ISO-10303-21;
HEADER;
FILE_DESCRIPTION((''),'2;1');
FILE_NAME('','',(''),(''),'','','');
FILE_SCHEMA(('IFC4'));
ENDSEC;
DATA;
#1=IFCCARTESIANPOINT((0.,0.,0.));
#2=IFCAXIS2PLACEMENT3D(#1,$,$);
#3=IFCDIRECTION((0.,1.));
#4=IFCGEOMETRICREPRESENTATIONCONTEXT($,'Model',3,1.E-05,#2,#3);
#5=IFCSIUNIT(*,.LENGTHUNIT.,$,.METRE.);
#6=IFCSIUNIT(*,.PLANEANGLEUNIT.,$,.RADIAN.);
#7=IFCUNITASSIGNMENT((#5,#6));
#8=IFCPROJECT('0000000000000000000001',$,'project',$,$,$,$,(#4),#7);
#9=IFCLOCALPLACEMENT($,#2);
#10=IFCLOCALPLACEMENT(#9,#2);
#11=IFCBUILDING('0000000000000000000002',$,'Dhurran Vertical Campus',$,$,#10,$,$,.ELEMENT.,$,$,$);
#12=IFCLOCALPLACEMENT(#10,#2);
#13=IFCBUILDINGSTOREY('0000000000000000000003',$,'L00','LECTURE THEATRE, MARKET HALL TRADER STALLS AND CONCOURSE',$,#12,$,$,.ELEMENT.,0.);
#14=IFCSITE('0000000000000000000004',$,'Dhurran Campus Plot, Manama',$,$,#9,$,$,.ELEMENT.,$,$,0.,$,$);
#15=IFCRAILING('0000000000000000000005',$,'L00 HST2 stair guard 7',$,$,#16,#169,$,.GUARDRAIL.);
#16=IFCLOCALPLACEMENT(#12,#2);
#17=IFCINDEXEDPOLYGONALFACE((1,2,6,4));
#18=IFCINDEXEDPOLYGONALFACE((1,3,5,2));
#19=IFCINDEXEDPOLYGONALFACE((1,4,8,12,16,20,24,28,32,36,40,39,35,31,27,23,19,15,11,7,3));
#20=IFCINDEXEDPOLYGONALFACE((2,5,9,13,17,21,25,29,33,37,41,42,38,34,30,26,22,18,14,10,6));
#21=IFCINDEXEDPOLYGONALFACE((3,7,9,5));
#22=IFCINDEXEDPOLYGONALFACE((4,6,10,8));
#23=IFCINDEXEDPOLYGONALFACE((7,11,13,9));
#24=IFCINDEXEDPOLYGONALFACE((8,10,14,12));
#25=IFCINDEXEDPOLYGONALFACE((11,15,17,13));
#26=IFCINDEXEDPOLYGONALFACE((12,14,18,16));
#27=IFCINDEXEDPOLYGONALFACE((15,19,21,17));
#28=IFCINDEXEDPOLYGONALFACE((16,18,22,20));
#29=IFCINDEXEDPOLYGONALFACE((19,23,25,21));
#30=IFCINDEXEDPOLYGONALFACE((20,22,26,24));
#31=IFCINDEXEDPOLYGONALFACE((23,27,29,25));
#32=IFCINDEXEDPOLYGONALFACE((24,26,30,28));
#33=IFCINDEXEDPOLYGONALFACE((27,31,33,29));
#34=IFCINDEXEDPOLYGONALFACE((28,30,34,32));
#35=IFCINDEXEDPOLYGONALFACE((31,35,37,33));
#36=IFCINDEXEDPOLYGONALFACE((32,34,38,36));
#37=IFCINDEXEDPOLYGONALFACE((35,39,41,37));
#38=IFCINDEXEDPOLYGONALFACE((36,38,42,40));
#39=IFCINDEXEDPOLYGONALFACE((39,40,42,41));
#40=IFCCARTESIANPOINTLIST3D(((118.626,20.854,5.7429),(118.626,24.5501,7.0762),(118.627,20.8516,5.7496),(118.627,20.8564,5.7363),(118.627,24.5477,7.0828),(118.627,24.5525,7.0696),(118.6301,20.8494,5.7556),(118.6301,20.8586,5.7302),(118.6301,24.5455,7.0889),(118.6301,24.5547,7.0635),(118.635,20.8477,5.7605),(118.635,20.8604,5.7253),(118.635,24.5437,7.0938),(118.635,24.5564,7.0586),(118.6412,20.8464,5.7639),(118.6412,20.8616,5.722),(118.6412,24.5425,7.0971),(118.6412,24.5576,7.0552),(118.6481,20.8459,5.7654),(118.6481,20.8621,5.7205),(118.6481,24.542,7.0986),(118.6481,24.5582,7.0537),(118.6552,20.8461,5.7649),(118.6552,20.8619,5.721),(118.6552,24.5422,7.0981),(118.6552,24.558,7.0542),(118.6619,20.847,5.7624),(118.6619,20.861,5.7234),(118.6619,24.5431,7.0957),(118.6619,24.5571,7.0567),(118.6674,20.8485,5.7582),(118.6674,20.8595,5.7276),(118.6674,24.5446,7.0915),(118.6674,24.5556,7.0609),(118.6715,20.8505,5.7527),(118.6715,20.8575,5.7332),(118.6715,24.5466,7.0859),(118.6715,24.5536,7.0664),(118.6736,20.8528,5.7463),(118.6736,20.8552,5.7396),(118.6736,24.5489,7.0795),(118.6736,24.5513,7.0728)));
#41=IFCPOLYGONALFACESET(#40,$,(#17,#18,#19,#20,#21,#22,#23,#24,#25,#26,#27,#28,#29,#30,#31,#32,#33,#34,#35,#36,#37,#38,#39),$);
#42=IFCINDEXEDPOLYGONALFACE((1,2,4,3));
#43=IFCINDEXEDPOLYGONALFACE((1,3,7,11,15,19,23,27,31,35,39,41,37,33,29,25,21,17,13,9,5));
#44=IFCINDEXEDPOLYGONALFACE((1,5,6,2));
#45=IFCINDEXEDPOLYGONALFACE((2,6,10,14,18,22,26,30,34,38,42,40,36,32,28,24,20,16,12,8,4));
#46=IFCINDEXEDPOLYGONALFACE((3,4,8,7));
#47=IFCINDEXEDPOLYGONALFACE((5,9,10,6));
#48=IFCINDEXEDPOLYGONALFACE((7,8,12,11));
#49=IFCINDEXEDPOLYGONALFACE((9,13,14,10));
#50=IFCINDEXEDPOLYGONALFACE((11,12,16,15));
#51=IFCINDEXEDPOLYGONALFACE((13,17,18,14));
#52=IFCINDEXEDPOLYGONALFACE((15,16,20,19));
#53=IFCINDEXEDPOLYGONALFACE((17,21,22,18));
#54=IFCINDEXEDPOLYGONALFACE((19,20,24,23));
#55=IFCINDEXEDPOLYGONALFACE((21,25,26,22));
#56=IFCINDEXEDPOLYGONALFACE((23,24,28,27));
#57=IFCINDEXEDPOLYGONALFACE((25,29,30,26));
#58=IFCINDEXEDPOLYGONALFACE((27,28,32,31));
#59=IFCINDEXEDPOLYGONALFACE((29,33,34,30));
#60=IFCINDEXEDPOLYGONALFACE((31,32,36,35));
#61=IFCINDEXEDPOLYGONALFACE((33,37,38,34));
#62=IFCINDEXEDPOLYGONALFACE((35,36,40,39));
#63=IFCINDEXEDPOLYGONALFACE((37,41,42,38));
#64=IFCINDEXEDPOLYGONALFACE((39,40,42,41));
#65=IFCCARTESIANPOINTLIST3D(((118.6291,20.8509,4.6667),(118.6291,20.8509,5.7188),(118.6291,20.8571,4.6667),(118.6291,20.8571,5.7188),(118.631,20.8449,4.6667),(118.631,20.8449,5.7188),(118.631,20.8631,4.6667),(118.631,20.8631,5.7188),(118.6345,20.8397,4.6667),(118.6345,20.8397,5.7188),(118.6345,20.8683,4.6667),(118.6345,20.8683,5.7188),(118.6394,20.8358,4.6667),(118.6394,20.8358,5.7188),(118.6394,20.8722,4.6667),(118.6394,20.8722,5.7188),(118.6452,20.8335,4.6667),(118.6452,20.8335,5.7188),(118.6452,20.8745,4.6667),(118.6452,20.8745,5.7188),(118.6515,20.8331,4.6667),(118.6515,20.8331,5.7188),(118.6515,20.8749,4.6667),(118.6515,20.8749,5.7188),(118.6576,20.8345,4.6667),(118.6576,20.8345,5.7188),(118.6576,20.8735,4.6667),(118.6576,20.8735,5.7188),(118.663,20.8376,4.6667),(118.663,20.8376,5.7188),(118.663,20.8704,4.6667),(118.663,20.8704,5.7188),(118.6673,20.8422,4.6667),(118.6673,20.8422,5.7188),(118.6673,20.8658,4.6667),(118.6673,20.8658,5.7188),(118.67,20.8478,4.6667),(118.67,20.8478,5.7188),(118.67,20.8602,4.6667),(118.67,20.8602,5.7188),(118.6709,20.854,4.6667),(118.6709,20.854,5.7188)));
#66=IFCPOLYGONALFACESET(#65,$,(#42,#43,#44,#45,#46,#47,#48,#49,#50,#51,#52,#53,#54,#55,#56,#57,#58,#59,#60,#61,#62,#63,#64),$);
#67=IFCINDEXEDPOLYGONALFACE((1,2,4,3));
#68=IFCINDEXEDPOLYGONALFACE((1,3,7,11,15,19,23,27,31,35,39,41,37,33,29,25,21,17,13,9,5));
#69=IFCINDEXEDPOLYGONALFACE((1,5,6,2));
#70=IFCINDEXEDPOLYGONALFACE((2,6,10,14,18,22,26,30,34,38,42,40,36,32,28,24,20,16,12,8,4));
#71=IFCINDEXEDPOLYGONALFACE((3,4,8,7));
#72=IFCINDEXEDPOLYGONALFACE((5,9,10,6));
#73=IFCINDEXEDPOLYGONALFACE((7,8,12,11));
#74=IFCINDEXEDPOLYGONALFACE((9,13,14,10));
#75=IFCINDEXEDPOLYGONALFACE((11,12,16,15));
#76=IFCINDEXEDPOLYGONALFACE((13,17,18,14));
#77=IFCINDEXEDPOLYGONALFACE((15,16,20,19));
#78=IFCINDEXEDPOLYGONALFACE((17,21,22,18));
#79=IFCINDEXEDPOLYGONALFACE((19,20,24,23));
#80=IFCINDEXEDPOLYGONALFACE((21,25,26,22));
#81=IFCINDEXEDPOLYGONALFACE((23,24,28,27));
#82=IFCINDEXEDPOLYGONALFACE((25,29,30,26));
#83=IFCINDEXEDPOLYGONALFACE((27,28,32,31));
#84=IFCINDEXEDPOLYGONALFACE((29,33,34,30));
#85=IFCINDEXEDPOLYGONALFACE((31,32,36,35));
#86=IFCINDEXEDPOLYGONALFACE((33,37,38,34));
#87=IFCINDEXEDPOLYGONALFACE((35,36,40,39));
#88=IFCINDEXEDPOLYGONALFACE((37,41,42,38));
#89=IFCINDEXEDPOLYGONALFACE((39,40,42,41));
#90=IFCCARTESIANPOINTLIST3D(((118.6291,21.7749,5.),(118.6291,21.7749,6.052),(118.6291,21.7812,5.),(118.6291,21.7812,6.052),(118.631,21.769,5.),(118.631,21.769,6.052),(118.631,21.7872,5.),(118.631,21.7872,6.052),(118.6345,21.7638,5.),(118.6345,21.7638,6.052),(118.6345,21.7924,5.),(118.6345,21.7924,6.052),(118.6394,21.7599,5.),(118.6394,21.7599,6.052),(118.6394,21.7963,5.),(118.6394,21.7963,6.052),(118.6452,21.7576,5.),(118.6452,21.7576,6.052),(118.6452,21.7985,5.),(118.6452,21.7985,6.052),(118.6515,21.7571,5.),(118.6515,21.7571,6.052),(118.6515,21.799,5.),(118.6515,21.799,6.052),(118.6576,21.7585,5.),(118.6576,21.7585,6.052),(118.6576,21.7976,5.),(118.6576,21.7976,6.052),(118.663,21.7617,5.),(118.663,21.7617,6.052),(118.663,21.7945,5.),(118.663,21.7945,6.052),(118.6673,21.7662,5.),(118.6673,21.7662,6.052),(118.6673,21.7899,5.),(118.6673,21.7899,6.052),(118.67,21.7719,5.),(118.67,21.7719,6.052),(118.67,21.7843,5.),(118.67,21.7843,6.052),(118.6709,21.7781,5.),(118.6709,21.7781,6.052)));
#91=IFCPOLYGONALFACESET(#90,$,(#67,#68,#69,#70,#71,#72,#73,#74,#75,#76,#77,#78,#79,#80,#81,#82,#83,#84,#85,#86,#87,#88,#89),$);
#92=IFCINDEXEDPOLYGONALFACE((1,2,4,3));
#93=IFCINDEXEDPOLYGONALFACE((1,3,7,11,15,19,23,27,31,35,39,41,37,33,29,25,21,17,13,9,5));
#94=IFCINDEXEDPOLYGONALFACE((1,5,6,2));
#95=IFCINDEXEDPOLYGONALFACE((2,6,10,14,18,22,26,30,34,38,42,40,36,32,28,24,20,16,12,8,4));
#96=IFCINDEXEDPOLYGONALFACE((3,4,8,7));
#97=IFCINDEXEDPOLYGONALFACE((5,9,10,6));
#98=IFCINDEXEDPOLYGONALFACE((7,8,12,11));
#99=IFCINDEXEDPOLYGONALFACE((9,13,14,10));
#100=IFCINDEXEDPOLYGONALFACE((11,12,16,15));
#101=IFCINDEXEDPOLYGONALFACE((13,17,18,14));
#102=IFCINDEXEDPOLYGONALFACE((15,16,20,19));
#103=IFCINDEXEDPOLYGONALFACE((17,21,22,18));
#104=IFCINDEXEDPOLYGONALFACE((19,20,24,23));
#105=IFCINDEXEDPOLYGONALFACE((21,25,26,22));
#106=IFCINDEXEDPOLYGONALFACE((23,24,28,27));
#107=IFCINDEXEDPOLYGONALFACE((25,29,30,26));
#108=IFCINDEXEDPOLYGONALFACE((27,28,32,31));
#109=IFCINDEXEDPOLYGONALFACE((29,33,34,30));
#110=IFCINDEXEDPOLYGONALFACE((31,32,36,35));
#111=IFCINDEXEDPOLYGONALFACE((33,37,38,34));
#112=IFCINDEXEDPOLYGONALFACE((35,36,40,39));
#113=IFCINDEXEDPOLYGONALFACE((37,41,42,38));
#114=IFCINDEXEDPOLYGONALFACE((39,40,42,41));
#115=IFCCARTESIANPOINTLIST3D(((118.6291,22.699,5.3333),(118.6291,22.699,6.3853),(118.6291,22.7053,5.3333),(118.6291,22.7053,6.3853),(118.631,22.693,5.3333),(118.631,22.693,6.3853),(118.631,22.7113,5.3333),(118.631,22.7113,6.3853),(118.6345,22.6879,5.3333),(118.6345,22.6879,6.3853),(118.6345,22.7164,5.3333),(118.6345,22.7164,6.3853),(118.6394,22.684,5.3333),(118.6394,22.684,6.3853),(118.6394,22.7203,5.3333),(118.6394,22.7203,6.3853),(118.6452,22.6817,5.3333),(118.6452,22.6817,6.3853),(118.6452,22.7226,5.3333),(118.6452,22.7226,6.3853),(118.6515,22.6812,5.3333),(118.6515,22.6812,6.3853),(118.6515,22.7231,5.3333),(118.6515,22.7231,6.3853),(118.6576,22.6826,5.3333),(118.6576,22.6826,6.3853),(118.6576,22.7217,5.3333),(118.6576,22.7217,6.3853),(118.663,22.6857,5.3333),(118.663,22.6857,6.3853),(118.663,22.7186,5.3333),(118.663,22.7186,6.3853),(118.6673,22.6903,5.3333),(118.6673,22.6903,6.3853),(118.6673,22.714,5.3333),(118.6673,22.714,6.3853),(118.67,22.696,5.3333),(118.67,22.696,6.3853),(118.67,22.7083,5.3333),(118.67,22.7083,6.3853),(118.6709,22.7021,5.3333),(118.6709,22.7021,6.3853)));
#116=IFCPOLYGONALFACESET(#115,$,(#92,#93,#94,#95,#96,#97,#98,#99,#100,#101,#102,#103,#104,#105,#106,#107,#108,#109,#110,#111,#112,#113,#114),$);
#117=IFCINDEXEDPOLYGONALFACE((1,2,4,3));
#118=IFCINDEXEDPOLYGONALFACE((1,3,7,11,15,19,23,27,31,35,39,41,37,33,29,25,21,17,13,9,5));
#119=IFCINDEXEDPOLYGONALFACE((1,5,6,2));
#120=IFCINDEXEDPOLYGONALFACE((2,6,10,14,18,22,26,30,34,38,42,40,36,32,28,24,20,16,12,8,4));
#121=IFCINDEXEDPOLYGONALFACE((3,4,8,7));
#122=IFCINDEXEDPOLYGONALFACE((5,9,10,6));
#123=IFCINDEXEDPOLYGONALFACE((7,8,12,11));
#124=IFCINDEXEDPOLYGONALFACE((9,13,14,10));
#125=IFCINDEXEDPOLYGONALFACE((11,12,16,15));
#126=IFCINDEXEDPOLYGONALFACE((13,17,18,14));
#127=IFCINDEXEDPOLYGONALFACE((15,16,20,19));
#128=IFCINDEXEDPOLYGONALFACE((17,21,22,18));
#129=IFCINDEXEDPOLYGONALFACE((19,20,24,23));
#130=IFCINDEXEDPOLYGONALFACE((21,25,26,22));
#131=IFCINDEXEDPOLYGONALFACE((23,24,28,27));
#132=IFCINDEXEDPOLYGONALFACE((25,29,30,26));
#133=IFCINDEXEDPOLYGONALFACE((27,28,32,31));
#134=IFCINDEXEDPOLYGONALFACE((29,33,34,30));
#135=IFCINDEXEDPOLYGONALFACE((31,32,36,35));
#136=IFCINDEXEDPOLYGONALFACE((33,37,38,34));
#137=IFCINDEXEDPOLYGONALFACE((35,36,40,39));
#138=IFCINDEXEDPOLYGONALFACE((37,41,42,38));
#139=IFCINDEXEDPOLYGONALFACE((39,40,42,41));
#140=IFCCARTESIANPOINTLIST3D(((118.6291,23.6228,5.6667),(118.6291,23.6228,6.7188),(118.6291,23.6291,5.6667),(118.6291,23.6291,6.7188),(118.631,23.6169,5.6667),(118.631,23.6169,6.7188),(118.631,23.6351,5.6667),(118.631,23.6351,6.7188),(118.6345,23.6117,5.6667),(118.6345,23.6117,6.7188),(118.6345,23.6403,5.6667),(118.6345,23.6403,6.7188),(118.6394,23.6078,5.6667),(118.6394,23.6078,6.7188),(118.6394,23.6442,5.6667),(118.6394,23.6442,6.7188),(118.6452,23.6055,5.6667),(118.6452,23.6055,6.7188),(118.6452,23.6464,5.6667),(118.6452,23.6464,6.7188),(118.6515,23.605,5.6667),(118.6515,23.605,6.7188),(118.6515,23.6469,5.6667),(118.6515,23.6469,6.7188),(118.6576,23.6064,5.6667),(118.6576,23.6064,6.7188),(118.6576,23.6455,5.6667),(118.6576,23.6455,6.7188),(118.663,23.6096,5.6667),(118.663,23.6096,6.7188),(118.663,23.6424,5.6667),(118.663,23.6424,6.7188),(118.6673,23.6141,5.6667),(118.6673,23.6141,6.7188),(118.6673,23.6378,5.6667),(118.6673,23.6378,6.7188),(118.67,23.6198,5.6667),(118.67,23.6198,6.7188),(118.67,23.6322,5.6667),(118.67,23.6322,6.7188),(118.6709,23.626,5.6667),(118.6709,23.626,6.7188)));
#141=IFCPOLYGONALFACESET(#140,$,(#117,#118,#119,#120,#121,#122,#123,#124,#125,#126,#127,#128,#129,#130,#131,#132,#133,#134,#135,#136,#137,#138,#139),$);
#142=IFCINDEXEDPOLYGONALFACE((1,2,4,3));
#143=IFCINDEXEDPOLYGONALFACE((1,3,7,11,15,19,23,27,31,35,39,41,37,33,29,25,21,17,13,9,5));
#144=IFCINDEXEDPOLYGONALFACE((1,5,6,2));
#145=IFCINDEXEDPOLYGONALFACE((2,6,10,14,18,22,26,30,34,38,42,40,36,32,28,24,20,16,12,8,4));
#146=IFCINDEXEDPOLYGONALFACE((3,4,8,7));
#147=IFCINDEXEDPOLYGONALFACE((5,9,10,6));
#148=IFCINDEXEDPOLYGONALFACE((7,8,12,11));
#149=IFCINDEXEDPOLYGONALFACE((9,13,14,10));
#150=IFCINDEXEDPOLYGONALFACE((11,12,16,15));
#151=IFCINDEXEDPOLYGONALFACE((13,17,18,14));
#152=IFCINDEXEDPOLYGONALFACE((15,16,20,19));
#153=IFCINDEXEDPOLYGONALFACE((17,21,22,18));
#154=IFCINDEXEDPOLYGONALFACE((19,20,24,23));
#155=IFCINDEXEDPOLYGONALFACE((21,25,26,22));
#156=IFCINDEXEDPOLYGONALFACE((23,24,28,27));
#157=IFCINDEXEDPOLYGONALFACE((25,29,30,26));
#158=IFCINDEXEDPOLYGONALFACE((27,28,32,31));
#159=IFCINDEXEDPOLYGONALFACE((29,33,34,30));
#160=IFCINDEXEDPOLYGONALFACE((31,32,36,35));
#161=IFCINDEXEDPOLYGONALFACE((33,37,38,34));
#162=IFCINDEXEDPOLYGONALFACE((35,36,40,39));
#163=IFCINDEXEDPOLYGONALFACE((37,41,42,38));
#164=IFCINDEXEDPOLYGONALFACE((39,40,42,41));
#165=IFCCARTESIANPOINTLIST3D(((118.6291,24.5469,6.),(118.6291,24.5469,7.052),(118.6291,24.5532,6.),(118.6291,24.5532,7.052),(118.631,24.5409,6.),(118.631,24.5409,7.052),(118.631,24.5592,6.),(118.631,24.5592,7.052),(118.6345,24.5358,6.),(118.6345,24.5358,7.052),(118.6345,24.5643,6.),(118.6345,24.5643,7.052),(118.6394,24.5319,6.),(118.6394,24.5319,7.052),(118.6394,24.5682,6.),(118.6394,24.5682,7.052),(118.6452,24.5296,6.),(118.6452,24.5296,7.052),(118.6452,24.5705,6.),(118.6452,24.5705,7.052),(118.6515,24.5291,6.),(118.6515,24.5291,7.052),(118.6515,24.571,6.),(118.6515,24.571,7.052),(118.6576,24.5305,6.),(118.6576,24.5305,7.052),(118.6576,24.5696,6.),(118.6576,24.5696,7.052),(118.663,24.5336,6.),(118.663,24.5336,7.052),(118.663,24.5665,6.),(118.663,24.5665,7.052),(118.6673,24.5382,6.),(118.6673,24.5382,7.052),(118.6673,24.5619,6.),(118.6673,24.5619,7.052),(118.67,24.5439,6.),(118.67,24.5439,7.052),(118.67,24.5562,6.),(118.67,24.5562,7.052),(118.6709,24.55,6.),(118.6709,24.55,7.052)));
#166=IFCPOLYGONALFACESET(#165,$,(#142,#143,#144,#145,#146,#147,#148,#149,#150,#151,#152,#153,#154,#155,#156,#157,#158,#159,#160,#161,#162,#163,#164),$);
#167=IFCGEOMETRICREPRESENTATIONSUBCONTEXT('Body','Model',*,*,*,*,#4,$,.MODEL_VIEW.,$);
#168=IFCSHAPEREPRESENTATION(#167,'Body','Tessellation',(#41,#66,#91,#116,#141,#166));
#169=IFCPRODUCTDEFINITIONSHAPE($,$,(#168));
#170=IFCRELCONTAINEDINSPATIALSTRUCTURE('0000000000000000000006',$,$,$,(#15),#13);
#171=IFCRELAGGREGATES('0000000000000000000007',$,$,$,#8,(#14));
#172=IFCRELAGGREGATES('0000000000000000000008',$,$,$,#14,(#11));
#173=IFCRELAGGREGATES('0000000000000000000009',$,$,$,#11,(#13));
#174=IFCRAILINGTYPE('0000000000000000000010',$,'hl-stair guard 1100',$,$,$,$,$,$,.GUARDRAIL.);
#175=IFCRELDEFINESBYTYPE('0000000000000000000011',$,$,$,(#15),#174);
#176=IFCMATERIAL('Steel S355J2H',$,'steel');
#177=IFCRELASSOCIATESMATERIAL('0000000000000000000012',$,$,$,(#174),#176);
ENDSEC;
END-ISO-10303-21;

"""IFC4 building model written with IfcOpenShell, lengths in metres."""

from ifc_helpers import new_model, si_unit, direction, frame, origin, origin_2d, place, context, subcontext, project, spatial, circle, extrude, material, type_object, element, save


model = new_model("IFC4")

# Units and contexts
model_context = context("Model", 3, precision=1e-05, world=origin(), true_north=direction((0.0, 1.0)))
body_context = subcontext(model_context, "Body", "Model", "MODEL_VIEW")
ifc_project = project(units=[si_unit("LENGTHUNIT", "METRE"), si_unit("PLANEANGLEUNIT", "RADIAN")], contexts=[model_context])

# Site, building, storey
site_placement = place(None, origin())
site = spatial("IfcSite", under=ifc_project, at=site_placement, Name="Dhurran Campus Plot, Manama", CompositionType="ELEMENT", RefElevation=0.0)
building_placement = place(site_placement, origin())
building = spatial("IfcBuilding", under=site, at=building_placement, Name="Dhurran Vertical Campus", CompositionType="ELEMENT")
storey_placement = place(building_placement, origin())
storey = spatial("IfcBuildingStorey", under=building, at=storey_placement, Name="L00", Description="LECTURE THEATRE, MARKET HALL TRADER STALLS AND CONCOURSE", CompositionType="ELEMENT", Elevation=0.0)

# Railing
ifc_material_1 = material(Name="Steel S355J2H", Category="steel")
railing_type = type_object("IfcRailingType", Name="hl-stair guard 1100", PredefinedType="GUARDRAIL", material=ifc_material_1)
railing_1_placement = place(storey_placement, frame((118.6499, 20.854, 4.6667)))
element("IfcRailing", 1, at=railing_1_placement, inside=storey, type_object=railing_type, Name="L00 HST2 stair guard 7", PredefinedType="GUARDRAIL", context=body_context, shape_type="SweptSolid", body=[
    extrude(circle(Radius=0.0239, at=origin_2d()), frame((0.0, 0.0, 1.0762), z_axis=(0.0, 0.94067, 0.339322), x_axis=(-1.0, 0.0, 0.0)), (0.0, 0.0, 1.0), 3.9292),
    extrude(circle(Radius=0.021, at=origin_2d()), origin(), (0.0, 0.0, 1.0), 1.052),
    extrude(circle(Radius=0.021, at=origin_2d()), frame((0.0, 0.9241, 0.3333)), (0.0, 0.0, 1.0), 1.052),
    extrude(circle(Radius=0.021, at=origin_2d()), frame((0.0, 1.8481, 0.6665)), (0.0, 0.0, 1.0), 1.052),
    extrude(circle(Radius=0.021, at=origin_2d()), frame((0.0, 2.772, 1.0)), (0.0, 0.0, 1.0), 1.052),
    extrude(circle(Radius=0.021, at=origin_2d()), frame((0.0, 3.696, 1.3333)), (0.0, 0.0, 1.0), 1.052),
])

save(model, "model.ifc")
